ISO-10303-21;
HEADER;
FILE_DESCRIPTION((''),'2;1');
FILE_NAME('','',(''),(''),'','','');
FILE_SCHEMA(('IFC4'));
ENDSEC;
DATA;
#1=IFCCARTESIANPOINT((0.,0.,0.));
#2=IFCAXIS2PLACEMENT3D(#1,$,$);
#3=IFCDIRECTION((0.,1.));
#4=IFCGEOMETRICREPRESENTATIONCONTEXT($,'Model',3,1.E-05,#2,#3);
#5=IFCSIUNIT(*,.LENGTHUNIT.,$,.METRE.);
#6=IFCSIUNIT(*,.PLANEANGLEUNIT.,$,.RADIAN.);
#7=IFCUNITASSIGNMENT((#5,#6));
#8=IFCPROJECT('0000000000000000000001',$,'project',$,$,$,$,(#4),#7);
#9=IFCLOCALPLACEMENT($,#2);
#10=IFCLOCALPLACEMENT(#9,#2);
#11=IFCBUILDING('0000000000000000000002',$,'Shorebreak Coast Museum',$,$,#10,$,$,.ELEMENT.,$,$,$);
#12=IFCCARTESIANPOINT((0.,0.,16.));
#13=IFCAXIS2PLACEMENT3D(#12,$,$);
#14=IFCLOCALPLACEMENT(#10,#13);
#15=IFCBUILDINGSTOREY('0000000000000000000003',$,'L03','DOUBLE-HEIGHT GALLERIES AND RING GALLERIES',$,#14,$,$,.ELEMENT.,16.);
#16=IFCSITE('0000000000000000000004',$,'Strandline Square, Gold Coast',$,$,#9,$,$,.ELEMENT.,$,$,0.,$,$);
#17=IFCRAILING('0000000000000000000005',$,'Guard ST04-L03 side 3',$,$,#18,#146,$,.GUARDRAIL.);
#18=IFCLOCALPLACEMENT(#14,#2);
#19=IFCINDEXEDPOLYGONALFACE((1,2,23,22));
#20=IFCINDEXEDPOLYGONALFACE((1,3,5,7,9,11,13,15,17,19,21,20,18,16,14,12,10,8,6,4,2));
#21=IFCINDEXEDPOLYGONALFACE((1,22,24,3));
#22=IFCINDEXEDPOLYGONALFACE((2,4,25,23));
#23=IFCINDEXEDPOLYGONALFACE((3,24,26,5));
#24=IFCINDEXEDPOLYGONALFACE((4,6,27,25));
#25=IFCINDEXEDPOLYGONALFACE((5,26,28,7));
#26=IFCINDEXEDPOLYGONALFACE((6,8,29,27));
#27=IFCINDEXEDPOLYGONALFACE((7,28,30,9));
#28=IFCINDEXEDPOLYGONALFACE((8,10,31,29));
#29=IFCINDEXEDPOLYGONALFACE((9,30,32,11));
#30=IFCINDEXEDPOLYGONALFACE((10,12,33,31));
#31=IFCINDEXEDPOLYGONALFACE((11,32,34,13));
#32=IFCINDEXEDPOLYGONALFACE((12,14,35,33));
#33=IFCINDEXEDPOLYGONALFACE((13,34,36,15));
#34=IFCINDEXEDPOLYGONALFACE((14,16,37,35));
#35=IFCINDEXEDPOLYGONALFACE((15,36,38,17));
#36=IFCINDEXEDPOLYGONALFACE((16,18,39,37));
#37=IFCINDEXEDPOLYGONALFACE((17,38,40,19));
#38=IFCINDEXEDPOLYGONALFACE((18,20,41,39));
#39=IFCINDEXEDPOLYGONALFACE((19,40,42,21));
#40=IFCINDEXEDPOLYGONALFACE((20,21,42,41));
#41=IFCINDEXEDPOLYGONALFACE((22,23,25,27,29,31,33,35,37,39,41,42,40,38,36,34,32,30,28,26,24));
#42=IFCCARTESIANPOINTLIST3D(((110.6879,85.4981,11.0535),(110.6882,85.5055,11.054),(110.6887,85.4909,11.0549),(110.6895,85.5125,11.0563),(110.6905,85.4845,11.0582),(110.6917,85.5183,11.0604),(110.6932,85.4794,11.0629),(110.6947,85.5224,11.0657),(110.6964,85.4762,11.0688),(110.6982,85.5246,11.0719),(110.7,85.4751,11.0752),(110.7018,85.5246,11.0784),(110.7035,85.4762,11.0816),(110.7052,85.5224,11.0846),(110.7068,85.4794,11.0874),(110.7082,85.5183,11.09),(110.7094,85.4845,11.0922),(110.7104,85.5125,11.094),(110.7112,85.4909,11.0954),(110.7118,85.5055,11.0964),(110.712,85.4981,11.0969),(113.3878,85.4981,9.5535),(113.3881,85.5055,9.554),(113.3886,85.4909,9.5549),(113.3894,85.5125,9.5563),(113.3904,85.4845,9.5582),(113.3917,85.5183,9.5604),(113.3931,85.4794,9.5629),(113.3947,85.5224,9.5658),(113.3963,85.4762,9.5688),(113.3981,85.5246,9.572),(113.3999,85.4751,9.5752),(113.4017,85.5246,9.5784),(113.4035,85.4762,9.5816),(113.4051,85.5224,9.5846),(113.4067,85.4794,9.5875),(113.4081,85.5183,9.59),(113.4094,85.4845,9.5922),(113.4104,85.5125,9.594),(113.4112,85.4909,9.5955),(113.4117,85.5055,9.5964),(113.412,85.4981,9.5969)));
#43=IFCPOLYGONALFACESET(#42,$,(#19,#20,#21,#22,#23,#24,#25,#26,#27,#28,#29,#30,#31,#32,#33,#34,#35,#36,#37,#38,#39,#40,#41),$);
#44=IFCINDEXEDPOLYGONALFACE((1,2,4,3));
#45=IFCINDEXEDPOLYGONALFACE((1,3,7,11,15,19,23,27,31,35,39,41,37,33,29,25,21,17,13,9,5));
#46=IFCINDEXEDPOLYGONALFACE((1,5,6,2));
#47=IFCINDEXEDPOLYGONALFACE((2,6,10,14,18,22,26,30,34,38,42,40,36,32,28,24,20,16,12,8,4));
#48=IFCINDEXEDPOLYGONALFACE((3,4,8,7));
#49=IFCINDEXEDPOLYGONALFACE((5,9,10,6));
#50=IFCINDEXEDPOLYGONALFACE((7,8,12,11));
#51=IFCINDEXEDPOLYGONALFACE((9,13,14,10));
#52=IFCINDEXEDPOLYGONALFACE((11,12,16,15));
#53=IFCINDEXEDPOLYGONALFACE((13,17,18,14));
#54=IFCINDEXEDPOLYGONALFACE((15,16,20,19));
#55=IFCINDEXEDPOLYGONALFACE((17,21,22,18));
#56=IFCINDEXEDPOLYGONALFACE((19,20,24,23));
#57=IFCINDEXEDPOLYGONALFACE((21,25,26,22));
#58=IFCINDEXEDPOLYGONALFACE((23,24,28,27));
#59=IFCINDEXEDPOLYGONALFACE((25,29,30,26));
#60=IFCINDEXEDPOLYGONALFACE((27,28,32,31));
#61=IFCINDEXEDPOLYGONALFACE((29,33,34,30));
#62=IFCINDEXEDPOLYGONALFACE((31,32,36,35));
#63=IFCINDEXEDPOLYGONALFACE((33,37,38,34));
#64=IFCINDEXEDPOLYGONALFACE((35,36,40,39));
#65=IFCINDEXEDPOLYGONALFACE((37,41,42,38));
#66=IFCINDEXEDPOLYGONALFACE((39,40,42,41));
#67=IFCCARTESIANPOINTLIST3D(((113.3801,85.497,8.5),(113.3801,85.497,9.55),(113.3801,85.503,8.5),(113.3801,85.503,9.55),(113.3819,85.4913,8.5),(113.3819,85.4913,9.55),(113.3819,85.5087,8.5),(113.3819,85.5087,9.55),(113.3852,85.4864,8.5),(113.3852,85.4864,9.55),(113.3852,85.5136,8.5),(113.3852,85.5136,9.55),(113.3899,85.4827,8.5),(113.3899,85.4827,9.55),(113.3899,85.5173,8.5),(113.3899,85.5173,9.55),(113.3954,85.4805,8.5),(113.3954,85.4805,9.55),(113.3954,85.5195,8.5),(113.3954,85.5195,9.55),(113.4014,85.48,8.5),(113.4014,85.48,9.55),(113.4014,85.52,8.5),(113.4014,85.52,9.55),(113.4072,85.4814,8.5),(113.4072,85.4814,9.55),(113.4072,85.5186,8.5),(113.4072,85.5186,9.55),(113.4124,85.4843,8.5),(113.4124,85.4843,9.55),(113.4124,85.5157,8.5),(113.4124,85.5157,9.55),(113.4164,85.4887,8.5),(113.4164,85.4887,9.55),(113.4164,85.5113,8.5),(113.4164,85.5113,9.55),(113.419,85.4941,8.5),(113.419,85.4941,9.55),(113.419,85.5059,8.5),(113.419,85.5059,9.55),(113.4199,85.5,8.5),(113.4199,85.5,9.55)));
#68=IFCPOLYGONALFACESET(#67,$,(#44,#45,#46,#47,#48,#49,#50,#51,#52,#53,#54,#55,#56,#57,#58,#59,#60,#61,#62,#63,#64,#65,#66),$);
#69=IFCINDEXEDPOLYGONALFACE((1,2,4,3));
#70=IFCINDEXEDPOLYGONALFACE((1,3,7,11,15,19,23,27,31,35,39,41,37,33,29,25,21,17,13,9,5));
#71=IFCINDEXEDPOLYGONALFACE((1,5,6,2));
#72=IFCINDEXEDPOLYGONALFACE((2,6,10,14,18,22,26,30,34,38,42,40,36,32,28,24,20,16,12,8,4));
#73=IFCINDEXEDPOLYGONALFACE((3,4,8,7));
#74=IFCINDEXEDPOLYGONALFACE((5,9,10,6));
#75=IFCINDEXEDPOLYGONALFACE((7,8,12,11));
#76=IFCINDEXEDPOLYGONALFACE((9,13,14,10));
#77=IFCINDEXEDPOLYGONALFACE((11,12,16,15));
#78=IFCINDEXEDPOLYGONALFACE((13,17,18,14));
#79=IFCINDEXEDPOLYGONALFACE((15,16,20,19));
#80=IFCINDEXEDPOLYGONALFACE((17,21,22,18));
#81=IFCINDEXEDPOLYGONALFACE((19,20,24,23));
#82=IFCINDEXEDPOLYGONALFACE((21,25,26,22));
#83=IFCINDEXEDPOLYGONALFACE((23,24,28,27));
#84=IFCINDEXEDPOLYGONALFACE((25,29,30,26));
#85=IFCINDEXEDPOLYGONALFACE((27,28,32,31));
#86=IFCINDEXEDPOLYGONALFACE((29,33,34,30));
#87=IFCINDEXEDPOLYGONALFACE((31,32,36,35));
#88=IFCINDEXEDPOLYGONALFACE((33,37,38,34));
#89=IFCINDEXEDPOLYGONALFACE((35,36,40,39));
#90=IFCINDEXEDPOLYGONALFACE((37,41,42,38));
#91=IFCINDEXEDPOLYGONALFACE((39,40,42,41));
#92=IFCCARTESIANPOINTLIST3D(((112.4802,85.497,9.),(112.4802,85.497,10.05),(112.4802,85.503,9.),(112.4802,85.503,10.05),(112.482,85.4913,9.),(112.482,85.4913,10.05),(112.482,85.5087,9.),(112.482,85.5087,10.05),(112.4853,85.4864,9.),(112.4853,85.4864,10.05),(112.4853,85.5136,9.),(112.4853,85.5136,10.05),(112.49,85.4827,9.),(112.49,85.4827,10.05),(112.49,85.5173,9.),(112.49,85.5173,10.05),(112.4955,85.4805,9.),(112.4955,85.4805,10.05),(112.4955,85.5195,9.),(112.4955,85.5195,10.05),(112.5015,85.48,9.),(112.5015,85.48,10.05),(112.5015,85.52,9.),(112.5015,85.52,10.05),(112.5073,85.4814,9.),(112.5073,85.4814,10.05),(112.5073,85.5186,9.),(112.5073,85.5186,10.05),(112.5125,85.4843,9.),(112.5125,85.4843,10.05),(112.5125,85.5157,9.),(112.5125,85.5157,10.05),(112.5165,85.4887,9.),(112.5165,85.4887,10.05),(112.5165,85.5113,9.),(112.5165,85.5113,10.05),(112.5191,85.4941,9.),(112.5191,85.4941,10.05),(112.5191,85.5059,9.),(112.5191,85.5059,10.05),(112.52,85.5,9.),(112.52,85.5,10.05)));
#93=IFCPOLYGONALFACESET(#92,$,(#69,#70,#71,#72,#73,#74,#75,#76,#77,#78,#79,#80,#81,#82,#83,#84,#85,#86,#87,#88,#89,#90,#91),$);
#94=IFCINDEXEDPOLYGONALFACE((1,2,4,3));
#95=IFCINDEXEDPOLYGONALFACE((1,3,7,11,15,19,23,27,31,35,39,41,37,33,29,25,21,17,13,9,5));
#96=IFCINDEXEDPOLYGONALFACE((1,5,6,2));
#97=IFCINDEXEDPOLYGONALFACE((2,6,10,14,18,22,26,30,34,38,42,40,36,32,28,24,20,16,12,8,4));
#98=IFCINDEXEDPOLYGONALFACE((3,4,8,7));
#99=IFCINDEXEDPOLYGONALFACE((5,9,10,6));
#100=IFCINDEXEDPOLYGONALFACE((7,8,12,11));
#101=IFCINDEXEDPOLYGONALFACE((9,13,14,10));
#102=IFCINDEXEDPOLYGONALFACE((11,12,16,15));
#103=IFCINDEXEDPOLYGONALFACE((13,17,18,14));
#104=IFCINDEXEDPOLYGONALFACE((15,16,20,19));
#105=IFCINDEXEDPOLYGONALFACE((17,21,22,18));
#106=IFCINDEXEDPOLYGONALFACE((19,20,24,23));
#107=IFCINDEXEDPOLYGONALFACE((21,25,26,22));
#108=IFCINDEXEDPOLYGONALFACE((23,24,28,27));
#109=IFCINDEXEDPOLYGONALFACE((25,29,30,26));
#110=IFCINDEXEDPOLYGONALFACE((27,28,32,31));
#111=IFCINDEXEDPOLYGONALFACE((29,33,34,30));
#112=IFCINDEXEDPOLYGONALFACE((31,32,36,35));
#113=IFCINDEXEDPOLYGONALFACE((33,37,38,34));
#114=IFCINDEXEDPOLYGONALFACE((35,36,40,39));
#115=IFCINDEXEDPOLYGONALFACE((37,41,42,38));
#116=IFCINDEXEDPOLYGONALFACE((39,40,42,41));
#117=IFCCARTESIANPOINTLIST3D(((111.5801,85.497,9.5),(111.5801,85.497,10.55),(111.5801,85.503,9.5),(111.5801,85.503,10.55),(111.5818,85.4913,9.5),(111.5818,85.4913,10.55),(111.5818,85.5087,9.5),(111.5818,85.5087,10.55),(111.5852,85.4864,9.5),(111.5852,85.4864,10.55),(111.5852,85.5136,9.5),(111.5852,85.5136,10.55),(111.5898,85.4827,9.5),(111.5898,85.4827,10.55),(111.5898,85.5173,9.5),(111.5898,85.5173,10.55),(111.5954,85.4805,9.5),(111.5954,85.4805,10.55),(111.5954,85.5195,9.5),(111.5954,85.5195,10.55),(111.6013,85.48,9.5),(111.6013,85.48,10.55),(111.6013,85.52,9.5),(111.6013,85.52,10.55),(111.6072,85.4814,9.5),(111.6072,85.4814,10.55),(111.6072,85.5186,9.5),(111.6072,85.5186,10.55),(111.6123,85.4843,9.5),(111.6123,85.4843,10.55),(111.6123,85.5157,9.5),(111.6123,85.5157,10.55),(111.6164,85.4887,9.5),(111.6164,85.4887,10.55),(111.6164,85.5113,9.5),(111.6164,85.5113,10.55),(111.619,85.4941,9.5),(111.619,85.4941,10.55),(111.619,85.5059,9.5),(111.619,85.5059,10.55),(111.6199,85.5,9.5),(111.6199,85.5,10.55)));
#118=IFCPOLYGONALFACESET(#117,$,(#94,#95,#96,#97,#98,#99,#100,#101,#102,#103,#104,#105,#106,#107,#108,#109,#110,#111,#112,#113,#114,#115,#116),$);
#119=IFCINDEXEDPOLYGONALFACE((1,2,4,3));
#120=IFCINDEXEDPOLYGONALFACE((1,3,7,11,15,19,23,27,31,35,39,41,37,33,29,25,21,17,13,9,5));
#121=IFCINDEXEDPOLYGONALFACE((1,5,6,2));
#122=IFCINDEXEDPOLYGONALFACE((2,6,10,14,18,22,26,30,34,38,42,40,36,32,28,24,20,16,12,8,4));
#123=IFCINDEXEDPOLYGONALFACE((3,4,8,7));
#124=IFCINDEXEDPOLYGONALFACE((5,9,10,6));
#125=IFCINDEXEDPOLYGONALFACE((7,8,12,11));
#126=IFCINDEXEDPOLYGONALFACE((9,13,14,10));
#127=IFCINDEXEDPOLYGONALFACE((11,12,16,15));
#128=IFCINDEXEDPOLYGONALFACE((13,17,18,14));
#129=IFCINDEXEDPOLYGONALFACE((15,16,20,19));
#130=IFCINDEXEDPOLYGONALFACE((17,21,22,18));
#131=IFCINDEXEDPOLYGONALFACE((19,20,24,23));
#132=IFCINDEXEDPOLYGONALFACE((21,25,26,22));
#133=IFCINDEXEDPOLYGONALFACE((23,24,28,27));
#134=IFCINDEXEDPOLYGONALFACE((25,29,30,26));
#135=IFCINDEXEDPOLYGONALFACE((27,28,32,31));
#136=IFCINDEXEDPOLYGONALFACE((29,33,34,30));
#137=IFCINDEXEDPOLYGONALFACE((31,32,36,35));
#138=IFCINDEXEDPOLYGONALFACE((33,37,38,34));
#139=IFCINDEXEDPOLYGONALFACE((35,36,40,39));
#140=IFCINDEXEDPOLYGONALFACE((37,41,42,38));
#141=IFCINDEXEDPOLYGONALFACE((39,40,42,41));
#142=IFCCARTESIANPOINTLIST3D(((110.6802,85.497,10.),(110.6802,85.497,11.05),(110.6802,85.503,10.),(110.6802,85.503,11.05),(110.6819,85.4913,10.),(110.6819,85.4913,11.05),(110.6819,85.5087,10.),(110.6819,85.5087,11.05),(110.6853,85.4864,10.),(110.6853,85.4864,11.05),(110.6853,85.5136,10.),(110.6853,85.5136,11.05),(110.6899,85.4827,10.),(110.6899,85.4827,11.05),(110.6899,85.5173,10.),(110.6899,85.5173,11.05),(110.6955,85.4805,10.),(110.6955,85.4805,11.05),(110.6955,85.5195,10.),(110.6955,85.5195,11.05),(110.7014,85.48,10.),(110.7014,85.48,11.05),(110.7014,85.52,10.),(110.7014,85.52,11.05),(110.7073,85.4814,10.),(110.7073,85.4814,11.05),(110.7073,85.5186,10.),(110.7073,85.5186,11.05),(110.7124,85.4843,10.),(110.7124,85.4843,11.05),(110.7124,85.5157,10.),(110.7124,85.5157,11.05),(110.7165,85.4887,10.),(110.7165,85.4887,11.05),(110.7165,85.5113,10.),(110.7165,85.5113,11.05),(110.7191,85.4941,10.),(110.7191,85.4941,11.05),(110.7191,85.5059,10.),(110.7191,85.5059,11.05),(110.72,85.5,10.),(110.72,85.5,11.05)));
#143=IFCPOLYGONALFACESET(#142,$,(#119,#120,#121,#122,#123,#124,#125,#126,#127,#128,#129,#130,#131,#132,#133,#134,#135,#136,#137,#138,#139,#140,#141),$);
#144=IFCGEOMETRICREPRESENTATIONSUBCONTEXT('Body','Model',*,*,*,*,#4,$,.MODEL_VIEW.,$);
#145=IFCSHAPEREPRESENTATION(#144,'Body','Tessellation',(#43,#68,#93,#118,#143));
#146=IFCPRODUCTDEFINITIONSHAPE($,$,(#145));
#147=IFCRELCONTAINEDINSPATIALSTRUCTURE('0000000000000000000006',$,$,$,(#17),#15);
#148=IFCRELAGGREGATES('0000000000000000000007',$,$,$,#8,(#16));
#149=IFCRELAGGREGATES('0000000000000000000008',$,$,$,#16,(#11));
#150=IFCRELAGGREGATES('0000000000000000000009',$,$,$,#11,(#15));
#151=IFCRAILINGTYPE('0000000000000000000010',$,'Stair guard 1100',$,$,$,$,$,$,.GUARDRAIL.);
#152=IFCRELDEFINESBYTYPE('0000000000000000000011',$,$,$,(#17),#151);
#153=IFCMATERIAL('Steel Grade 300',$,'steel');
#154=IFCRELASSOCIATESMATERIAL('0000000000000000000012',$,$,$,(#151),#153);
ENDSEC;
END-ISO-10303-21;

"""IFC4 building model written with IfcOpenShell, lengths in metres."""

from ifc_helpers import new_model, si_unit, direction, frame, origin, origin_2d, place, context, subcontext, project, spatial, circle, extrude, material, type_object, element, save


model = new_model("IFC4")

# Units and contexts
model_context = context("Model", 3, precision=1e-05, world=origin(), true_north=direction((0.0, 1.0)))
body_context = subcontext(model_context, "Body", "Model", "MODEL_VIEW")
ifc_project = project(units=[si_unit("LENGTHUNIT", "METRE"), si_unit("PLANEANGLEUNIT", "RADIAN")], contexts=[model_context])

# Site, building, storey
site_placement = place(None, origin())
site = spatial("IfcSite", under=ifc_project, at=site_placement, Name="Strandline Square, Gold Coast", CompositionType="ELEMENT", RefElevation=0.0)
building_placement = place(site_placement, origin())
building = spatial("IfcBuilding", under=site, at=building_placement, Name="Shorebreak Coast Museum", CompositionType="ELEMENT")
storey_placement = place(building_placement, frame((0.0, 0.0, 16.0)))
storey = spatial("IfcBuildingStorey", under=building, at=storey_placement, Name="L03", Description="DOUBLE-HEIGHT GALLERIES AND RING GALLERIES", CompositionType="ELEMENT", Elevation=16.0)

# Railing
ifc_material_1 = material(Name="Steel Grade 300", Category="steel")
railing_type_1 = type_object("IfcRailingType", Name="Stair guard 1100", PredefinedType="GUARDRAIL", material=ifc_material_1)
railing_1_placement = place(storey_placement, frame((113.3999, 85.5, 8.5)))
element("IfcRailing", 1, at=railing_1_placement, inside=storey, type_object=railing_type_1, Name="Guard ST04-L03 side 3", PredefinedType="GUARDRAIL", context=body_context, shape_type="SweptSolid", body=[
    extrude(circle(Radius=0.0249, at=origin_2d()), frame((0.0, 0.0, 1.0752), z_axis=(-0.874154, 0.0, 0.48565), x_axis=(0.0, -1.0, 0.0)), (0.0, 0.0, 1.0), 3.0886),
    extrude(circle(Radius=0.02, at=origin_2d()), origin(), (0.0, 0.0, 1.0), 1.05),
    extrude(circle(Radius=0.02, at=origin_2d()), frame((-0.8999, 0.0, 0.5)), (0.0, 0.0, 1.0), 1.05),
    extrude(circle(Radius=0.02, at=origin_2d()), frame((-1.8, 0.0, 1.0)), (0.0, 0.0, 1.0), 1.05),
    extrude(circle(Radius=0.02, at=origin_2d()), frame((-2.7, 0.0, 1.5)), (0.0, 0.0, 1.0), 1.05),
])

save(model, "model.ifc")
